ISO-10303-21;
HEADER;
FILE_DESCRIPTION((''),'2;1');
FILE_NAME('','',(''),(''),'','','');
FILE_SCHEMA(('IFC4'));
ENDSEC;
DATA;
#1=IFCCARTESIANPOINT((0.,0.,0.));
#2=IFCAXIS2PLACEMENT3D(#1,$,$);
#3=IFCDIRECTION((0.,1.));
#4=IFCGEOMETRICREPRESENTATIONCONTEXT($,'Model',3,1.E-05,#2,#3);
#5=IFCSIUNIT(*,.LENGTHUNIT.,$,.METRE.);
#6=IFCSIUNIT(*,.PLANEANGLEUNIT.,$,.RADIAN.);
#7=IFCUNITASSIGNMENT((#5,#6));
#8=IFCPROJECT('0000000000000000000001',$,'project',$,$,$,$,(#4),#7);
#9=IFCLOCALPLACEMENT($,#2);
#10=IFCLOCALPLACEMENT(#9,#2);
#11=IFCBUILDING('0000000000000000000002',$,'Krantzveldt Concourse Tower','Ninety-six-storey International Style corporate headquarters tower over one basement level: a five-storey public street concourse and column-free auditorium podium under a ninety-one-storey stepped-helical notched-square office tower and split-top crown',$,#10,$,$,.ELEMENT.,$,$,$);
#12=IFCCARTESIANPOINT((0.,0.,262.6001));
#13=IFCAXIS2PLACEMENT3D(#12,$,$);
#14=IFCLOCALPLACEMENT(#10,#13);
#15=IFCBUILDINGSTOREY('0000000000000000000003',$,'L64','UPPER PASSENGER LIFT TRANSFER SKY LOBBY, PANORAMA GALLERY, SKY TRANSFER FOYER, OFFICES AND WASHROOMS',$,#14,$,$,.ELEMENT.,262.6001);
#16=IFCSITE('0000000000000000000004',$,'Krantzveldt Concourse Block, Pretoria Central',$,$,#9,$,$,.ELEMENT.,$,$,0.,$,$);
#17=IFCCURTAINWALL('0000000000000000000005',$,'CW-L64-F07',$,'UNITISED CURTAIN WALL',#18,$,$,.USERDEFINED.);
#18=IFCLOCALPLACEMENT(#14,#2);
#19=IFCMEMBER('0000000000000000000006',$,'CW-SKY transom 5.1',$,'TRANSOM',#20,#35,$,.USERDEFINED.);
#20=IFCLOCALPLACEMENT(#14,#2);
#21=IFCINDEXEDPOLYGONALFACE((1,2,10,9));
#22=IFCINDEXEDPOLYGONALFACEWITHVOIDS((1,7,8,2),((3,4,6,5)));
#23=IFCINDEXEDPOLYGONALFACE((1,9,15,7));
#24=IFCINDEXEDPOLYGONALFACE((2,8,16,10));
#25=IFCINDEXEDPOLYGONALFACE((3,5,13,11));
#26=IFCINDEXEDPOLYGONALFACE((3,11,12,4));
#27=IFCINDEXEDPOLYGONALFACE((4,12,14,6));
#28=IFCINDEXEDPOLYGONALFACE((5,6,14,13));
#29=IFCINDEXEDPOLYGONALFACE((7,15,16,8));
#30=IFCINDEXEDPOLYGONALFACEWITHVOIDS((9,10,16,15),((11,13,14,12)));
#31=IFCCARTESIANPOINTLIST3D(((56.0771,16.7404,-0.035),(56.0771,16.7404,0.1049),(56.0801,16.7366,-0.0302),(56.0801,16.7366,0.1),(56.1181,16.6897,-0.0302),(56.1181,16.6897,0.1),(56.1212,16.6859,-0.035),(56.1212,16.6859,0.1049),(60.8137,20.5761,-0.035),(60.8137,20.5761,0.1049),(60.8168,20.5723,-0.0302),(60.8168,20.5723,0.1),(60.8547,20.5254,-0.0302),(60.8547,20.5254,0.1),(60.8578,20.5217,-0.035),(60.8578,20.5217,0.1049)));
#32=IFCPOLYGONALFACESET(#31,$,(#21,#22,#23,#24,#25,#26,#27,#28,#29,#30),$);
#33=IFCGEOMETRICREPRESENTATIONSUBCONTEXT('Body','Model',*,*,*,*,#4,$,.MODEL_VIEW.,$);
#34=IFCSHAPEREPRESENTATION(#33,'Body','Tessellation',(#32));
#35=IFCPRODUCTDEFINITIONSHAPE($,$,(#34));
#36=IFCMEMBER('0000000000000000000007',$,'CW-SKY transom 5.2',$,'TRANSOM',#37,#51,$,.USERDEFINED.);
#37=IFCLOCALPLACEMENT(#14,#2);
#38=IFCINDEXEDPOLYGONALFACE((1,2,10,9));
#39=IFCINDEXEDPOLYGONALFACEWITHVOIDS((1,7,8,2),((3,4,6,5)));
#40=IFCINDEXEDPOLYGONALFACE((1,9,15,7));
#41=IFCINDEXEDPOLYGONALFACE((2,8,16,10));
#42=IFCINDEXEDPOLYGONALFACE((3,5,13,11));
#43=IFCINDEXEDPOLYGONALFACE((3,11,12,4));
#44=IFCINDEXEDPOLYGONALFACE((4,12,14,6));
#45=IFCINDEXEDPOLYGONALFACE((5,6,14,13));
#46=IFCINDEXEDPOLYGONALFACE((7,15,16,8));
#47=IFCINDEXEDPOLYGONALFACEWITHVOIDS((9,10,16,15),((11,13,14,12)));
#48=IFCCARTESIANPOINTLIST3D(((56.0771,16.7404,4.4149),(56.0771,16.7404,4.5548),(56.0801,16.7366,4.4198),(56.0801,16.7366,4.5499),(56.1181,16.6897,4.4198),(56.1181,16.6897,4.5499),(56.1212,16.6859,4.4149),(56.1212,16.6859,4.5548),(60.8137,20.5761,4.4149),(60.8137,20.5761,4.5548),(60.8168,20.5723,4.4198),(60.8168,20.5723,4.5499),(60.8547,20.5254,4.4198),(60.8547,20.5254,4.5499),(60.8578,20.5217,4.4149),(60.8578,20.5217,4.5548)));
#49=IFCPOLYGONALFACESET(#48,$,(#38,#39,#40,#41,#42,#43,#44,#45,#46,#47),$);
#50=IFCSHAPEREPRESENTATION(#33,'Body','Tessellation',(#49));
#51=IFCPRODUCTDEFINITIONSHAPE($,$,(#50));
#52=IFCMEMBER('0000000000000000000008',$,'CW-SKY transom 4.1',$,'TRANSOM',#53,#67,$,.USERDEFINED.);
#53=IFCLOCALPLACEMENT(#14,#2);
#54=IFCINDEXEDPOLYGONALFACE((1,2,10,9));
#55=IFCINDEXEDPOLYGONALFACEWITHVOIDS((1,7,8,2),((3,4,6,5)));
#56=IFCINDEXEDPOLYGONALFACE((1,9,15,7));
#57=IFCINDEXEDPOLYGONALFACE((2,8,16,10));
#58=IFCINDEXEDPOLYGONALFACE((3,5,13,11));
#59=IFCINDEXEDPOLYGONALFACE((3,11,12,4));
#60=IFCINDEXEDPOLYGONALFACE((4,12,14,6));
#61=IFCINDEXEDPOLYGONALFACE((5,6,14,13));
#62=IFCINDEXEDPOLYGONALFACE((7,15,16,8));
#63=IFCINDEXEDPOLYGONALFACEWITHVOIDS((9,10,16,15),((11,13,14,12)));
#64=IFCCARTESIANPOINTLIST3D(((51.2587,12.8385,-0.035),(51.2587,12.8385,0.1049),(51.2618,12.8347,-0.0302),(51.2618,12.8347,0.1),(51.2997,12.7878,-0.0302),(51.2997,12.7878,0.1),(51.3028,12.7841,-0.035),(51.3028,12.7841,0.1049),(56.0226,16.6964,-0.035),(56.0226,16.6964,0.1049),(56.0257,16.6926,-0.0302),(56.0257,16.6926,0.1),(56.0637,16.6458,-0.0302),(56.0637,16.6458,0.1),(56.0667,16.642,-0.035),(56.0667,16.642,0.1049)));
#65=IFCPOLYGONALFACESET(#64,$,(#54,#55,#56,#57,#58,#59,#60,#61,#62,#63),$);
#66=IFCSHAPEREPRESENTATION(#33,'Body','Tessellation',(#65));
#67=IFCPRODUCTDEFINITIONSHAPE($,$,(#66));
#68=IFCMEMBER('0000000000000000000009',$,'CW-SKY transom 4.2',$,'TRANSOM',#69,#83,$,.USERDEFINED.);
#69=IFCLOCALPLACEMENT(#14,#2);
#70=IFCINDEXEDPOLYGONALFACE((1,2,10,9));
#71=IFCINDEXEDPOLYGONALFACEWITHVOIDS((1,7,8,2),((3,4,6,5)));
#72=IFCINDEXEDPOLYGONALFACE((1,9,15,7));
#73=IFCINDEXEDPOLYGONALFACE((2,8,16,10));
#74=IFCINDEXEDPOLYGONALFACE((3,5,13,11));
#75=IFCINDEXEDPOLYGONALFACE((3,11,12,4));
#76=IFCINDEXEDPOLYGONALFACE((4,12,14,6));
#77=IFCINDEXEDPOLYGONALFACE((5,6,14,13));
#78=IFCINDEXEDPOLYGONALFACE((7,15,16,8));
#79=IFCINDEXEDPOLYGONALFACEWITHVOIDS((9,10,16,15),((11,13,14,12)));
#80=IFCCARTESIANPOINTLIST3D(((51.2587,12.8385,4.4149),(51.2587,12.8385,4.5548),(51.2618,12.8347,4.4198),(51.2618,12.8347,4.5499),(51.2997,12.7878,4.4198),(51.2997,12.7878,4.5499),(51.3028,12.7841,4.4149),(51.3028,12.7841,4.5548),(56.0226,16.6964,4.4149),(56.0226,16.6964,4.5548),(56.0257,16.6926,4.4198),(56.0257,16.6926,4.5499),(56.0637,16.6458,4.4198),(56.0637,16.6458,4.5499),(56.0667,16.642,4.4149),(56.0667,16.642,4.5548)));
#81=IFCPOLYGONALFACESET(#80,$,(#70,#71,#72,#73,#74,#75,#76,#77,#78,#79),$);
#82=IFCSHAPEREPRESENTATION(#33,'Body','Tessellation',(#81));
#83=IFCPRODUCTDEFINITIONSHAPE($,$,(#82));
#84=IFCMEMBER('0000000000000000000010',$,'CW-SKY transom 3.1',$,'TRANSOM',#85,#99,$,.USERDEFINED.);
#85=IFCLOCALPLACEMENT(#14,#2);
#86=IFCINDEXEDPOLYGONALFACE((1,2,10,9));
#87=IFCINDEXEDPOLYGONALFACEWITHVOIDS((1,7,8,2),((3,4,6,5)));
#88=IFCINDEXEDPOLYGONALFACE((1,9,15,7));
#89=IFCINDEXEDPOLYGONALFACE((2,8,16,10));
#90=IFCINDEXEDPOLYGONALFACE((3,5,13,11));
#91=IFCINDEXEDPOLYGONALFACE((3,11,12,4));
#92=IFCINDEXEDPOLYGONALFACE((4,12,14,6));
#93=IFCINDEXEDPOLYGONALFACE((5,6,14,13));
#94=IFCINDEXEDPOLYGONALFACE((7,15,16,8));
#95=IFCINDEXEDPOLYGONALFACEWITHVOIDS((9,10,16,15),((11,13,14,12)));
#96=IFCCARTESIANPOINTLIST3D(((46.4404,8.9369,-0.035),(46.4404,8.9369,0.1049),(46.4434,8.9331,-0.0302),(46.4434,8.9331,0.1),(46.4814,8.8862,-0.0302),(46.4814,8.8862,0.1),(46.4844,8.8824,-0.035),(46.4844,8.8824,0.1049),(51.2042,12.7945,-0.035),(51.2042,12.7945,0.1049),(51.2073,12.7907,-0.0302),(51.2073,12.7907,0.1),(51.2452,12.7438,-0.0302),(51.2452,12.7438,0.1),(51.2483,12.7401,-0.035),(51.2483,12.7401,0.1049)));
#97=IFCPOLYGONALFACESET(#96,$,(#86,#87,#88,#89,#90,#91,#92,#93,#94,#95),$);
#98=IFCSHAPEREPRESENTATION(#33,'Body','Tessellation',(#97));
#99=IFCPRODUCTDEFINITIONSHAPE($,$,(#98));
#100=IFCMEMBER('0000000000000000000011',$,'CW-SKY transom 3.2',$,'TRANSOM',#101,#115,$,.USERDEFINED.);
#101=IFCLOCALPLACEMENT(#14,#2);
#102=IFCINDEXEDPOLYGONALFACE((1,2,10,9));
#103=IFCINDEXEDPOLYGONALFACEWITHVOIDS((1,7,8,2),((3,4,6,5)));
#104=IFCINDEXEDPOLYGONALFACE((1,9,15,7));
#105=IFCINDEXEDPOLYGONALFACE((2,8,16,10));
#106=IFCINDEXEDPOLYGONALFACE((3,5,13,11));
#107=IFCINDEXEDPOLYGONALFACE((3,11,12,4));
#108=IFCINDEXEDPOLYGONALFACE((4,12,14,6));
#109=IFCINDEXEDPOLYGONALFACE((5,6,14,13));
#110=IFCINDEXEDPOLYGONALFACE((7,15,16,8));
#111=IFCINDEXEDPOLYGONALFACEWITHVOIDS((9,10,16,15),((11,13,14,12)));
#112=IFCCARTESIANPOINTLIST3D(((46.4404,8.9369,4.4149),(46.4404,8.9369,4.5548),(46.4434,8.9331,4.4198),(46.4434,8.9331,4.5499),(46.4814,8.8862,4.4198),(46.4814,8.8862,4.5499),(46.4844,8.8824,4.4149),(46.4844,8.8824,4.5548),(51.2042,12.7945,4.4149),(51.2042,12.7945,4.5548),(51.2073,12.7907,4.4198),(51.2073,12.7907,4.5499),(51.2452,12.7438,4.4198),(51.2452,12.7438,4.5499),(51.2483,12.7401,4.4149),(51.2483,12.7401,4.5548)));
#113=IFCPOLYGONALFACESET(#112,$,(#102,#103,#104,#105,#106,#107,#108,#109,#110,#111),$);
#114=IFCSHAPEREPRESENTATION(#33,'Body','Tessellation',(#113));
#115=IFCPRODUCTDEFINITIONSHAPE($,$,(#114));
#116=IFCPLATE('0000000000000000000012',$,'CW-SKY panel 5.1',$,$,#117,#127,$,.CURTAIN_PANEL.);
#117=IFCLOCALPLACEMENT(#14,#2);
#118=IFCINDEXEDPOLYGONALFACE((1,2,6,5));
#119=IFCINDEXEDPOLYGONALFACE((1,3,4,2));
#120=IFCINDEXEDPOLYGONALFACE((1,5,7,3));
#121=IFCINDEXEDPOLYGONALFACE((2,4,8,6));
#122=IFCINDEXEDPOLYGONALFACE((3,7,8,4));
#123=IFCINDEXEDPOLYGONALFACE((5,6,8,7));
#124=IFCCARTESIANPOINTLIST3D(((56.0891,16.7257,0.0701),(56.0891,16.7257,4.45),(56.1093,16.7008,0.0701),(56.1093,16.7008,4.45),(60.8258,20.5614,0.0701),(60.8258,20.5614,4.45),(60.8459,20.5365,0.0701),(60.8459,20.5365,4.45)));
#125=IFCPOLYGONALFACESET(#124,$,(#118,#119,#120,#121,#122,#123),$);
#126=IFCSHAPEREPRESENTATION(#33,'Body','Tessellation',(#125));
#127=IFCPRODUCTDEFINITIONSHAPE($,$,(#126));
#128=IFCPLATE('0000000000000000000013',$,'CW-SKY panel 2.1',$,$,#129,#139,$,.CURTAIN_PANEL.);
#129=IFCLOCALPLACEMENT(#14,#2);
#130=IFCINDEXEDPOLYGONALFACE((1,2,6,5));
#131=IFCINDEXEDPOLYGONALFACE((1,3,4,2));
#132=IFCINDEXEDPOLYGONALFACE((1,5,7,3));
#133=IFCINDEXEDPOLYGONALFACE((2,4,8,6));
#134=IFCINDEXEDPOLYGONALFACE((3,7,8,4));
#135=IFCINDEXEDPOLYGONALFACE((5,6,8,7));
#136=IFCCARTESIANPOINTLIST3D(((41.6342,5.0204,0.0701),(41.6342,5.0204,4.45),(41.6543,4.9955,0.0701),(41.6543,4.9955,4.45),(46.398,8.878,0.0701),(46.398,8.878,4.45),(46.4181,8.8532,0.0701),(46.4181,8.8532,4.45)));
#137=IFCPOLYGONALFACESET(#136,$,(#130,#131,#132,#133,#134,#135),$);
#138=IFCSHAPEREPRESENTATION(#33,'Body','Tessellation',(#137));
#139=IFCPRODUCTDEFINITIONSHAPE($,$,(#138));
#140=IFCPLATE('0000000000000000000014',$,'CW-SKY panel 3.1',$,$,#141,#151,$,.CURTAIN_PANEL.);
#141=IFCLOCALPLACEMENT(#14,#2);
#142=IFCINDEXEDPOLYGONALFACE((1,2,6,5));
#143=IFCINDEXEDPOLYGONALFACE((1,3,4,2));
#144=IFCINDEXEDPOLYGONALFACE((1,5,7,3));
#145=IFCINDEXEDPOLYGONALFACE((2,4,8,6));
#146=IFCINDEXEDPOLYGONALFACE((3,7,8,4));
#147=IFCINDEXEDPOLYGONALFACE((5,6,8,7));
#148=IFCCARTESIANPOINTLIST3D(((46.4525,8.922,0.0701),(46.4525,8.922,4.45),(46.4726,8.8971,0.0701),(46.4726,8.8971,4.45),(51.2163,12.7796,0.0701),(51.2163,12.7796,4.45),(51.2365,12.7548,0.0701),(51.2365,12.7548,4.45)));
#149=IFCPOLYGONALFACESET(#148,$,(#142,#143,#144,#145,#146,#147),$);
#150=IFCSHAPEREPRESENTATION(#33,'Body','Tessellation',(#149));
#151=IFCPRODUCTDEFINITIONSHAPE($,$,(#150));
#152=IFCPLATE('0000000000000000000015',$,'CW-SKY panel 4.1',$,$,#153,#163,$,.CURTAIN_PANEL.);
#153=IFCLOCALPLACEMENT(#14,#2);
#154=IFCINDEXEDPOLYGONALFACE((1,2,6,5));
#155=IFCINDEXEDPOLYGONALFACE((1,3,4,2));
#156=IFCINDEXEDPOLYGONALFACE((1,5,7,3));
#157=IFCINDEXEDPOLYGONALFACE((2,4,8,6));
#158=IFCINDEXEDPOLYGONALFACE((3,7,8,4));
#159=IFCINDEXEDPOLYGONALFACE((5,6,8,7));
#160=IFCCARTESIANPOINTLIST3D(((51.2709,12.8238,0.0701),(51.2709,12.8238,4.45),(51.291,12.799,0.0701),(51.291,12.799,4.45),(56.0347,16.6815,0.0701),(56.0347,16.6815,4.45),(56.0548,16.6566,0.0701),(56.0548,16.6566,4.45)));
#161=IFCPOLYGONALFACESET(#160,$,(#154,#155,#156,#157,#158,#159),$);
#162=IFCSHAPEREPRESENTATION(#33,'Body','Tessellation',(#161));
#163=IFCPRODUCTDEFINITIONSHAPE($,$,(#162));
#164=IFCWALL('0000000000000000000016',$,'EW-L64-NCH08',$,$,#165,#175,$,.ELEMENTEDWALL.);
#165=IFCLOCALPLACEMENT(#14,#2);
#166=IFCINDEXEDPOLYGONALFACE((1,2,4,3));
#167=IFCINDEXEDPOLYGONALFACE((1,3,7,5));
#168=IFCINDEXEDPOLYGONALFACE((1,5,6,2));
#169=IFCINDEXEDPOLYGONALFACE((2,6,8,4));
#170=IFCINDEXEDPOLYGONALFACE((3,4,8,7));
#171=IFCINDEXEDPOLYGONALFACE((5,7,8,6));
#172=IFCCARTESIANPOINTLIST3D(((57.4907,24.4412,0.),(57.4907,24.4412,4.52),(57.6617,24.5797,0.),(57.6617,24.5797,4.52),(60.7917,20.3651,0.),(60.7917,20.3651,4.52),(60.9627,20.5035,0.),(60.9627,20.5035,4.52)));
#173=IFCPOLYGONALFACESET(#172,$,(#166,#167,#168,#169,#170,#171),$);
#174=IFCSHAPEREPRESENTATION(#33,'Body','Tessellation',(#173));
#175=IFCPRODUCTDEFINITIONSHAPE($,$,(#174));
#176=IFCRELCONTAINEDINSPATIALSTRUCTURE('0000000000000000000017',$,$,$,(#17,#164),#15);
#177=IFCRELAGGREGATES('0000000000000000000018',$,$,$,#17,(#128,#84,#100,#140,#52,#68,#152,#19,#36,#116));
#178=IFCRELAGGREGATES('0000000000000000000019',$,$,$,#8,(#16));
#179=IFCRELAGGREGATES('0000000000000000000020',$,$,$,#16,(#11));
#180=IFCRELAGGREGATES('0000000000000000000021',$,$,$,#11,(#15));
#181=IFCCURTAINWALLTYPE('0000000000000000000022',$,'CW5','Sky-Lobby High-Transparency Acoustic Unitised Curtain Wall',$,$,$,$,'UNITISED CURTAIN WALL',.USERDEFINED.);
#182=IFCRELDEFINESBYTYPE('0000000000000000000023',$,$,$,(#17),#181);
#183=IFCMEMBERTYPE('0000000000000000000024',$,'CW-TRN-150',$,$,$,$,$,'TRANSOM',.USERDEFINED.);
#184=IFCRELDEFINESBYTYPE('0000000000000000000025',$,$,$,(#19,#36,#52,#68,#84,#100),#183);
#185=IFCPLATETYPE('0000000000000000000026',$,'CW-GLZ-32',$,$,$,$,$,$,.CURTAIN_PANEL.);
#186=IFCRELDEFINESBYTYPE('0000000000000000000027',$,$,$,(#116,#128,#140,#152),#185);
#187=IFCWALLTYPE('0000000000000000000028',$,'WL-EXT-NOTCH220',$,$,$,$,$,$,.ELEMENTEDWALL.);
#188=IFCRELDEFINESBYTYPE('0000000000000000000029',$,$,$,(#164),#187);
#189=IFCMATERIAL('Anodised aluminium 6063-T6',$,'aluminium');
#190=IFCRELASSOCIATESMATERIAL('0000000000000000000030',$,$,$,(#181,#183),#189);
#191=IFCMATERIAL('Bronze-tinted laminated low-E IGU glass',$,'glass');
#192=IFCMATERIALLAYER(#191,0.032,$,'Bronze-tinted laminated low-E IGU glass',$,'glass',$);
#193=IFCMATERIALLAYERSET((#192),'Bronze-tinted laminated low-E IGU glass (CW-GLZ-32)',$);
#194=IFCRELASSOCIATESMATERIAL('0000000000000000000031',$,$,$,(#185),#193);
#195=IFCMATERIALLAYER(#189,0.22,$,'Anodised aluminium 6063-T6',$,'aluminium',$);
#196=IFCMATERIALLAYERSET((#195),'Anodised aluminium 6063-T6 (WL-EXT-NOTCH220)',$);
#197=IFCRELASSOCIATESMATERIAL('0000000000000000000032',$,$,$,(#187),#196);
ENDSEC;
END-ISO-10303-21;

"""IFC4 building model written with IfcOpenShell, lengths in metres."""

from ifc_helpers import new_model, si_unit, direction, frame, frame_2d, origin, origin_2d, place, context, subcontext, project, spatial, rectangle, hollow_rectangle, extrude, source, transform, mapped, material, layer, layer_set, material_profile, profile_set, type_object, type_shapes, element, aggregate, save


model = new_model("IFC4")

# Units and contexts
model_context = context("Model", 3, precision=1e-05, world=origin(), true_north=direction((0.0, 1.0)))
body_context = subcontext(model_context, "Body", "Model", "MODEL_VIEW")
ifc_project = project(units=[si_unit("LENGTHUNIT", "METRE"), si_unit("PLANEANGLEUNIT", "RADIAN")], contexts=[model_context])

# Site, building, storey
site_placement = place(None, origin())
site = spatial("IfcSite", under=ifc_project, at=site_placement, Name="Krantzveldt Concourse Block, Pretoria Central", CompositionType="ELEMENT", RefElevation=0.0)
building_placement = place(site_placement, origin())
building = spatial("IfcBuilding", under=site, at=building_placement, Name="Krantzveldt Concourse Tower", Description="Ninety-six-storey International Style corporate headquarters tower over one basement level: a five-storey public street concourse and column-free auditorium podium under a ninety-one-storey stepped-helical notched-square office tower and split-top crown", CompositionType="ELEMENT")
storey_placement = place(building_placement, frame((0.0, 0.0, 262.6001)))
storey = spatial("IfcBuildingStorey", under=building, at=storey_placement, Name="L64", Description="UPPER PASSENGER LIFT TRANSFER SKY LOBBY, PANORAMA GALLERY, SKY TRANSFER FOYER, OFFICES AND WASHROOMS", CompositionType="ELEMENT", Elevation=262.6001)

# Curtain wall, members, plates
ifc_material_1 = material(Name="Anodised aluminium 6063-T6", Category="aluminium")
curtain_wall_type = type_object("IfcCurtainWallType", Name="CW5", Description="Sky-Lobby High-Transparency Acoustic Unitised Curtain Wall", ElementType="UNITISED CURTAIN WALL", PredefinedType="USERDEFINED", material=ifc_material_1)
curtain_wall_placement = place(storey_placement, origin())
curtain_wall = element("IfcCurtainWall", 1, at=curtain_wall_placement, inside=storey, type_object=curtain_wall_type, Name="CW-L64-F07", ObjectType="UNITISED CURTAIN WALL", PredefinedType="USERDEFINED")
ifc_material_profile_1 = material_profile(ifc_material_1, hollow_rectangle(XDim=0.0701, YDim=0.1399, WallThickness=0.0049, at=origin_2d()), Name="Anodised aluminium 6063-T6", Category="aluminium")
ifc_profile_set_1 = profile_set([ifc_material_profile_1], Name="Anodised aluminium 6063-T6 - ALU-TRAN 140x70x5")
member_type_1 = type_object("IfcMemberType", Name="CW-TRN-150", ElementType="TRANSOM", PredefinedType="USERDEFINED", material=ifc_profile_set_1)
shared_shape_1 = source(origin(), body_context, "Body", "SweptSolid", [
    extrude(hollow_rectangle(XDim=0.0701, YDim=0.1399, WallThickness=0.0049, at=origin_2d()), origin(), (0.0, 0.0, 1.0), 6.095),
])
member_1_placement = place(storey_placement, frame((56.0991, 16.7131, 0.0349), z_axis=(0.777139, 0.62933, 0.0), x_axis=(-0.62933, 0.777139, 0.0)))
member_1 = element("IfcMember", 2, at=member_1_placement, type_object=member_type_1, Name="CW-SKY transom 5.1", ObjectType="TRANSOM", PredefinedType="USERDEFINED", context=body_context, shape_type="MappedRepresentation", body=[
    mapped(shared_shape_1, transform((0.0, 0.0, 0.0), x_axis=(1.0, 0.0, 0.0), y_axis=(0.0, 1.0, 0.0), z_axis=(0.0, 0.0, 1.0), scale=1.0)),
])
member_2_placement = place(storey_placement, frame((56.0991, 16.7131, 4.4849), z_axis=(0.777139, 0.62933, 0.0), x_axis=(-0.62933, 0.777139, 0.0)))
member_2 = element("IfcMember", 3, at=member_2_placement, type_object=member_type_1, Name="CW-SKY transom 5.2", ObjectType="TRANSOM", PredefinedType="USERDEFINED", context=body_context, shape_type="MappedRepresentation", body=[
    mapped(shared_shape_1, transform((0.0, 0.0, 0.0), x_axis=(1.0, 0.0, 0.0), y_axis=(0.0, 1.0, 0.0), z_axis=(0.0, 0.0, 1.0), scale=1.0)),
])
shared_shape_2 = source(origin(), body_context, "Body", "SweptSolid", [
    extrude(hollow_rectangle(XDim=0.0701, YDim=0.1399, WallThickness=0.0049, at=origin_2d()), origin(), (0.0, 0.0, 1.0), 6.1301),
])
member_3_placement = place(storey_placement, frame((51.2808, 12.8113, 0.0349), z_axis=(0.777133, 0.629337, 0.0), x_axis=(-0.629337, 0.777133, 0.0)))
member_3 = element("IfcMember", 4, at=member_3_placement, type_object=member_type_1, Name="CW-SKY transom 4.1", ObjectType="TRANSOM", PredefinedType="USERDEFINED", context=body_context, shape_type="MappedRepresentation", body=[
    mapped(shared_shape_2, transform((0.0, 0.0, 0.0), x_axis=(1.0, 0.0, 0.0), y_axis=(0.0, 1.0, 0.0), z_axis=(0.0, 0.0, 1.0), scale=1.0)),
])
member_4_placement = place(storey_placement, frame((51.2808, 12.8113, 4.4849), z_axis=(0.777133, 0.629337, 0.0), x_axis=(-0.629337, 0.777133, 0.0)))
member_4 = element("IfcMember", 5, at=member_4_placement, type_object=member_type_1, Name="CW-SKY transom 4.2", ObjectType="TRANSOM", PredefinedType="USERDEFINED", context=body_context, shape_type="MappedRepresentation", body=[
    mapped(shared_shape_2, transform((0.0, 0.0, 0.0), x_axis=(1.0, 0.0, 0.0), y_axis=(0.0, 1.0, 0.0), z_axis=(0.0, 0.0, 1.0), scale=1.0)),
])
shared_shape_3 = source(origin(), body_context, "Body", "SweptSolid", [
    extrude(hollow_rectangle(XDim=0.0701, YDim=0.1399, WallThickness=0.0049, at=origin_2d()), origin(), (0.0, 0.0, 1.0), 6.1299),
])
type_shapes(member_type_1, [shared_shape_1, shared_shape_2, shared_shape_3])
member_5_placement = place(storey_placement, frame((46.4624, 8.9097, 0.0349), z_axis=(0.777152, 0.629313, 0.0), x_axis=(-0.629313, 0.777152, 0.0)))
member_5 = element("IfcMember", 6, at=member_5_placement, type_object=member_type_1, Name="CW-SKY transom 3.1", ObjectType="TRANSOM", PredefinedType="USERDEFINED", context=body_context, shape_type="MappedRepresentation", body=[
    mapped(shared_shape_3, transform((0.0, 0.0, 0.0), x_axis=(1.0, 0.0, 0.0), y_axis=(0.0, 1.0, 0.0), z_axis=(0.0, 0.0, 1.0), scale=1.0)),
])
member_6_placement = place(storey_placement, frame((46.4624, 8.9097, 4.4849), z_axis=(0.777152, 0.629313, 0.0), x_axis=(-0.629313, 0.777152, 0.0)))
member_6 = element("IfcMember", 7, at=member_6_placement, type_object=member_type_1, Name="CW-SKY transom 3.2", ObjectType="TRANSOM", PredefinedType="USERDEFINED", context=body_context, shape_type="MappedRepresentation", body=[
    mapped(shared_shape_3, transform((0.0, 0.0, 0.0), x_axis=(1.0, 0.0, 0.0), y_axis=(0.0, 1.0, 0.0), z_axis=(0.0, 0.0, 1.0), scale=1.0)),
])
ifc_material_2 = material(Name="Bronze-tinted laminated low-E IGU glass", Category="glass")
ifc_layer_1 = layer(ifc_material_2, 0.032, Name="Bronze-tinted laminated low-E IGU glass", Category="glass")
ifc_layer_set_1 = layer_set([ifc_layer_1], Name="Bronze-tinted laminated low-E IGU glass (CW-GLZ-32)")
plate_type = type_object("IfcPlateType", Name="CW-GLZ-32", PredefinedType="CURTAIN_PANEL", material=ifc_layer_set_1)
shared_shape_4 = source(origin(), body_context, "Body", "SweptSolid", [
    extrude(rectangle(XDim=6.095, YDim=0.032, at=origin_2d()), origin(), (0.0, 0.0, 1.0), 4.3799),
])
plate_1_placement = place(storey_placement, frame((58.4675, 18.6311, 0.0701), z_axis=(0.0, 0.0, 1.0), x_axis=(0.777146, 0.62932, 0.0)))
plate_1 = element("IfcPlate", 8, at=plate_1_placement, type_object=plate_type, Name="CW-SKY panel 5.1", PredefinedType="CURTAIN_PANEL", context=body_context, shape_type="MappedRepresentation", body=[
    mapped(shared_shape_4, transform((0.0, 0.0, 0.0), x_axis=(1.0, 0.0, 0.0), y_axis=(0.0, 1.0, 0.0), z_axis=(0.0, 0.0, 1.0), scale=1.0)),
])
shared_shape_5 = source(origin(), body_context, "Body", "SweptSolid", [
    extrude(rectangle(XDim=6.1299, YDim=0.032, at=origin_2d()), origin(), (0.0, 0.0, 1.0), 4.3799),
])
type_shapes(plate_type, [shared_shape_4, shared_shape_5])
plate_2_placement = place(storey_placement, frame((44.0261, 6.9368, 0.0701), z_axis=(0.0, 0.0, 1.0), x_axis=(0.777146, 0.62932, 0.0)))
plate_2 = element("IfcPlate", 9, at=plate_2_placement, type_object=plate_type, Name="CW-SKY panel 2.1", PredefinedType="CURTAIN_PANEL", context=body_context, shape_type="MappedRepresentation", body=[
    mapped(shared_shape_5, transform((0.0, 0.0, 0.0), x_axis=(1.0, 0.0, 0.0), y_axis=(0.0, 1.0, 0.0), z_axis=(0.0, 0.0, 1.0), scale=1.0)),
])
plate_3_placement = place(storey_placement, frame((48.8445, 10.8384, 0.0701), z_axis=(0.0, 0.0, 1.0), x_axis=(0.777146, 0.62932, 0.0)))
plate_3 = element("IfcPlate", 10, at=plate_3_placement, type_object=plate_type, Name="CW-SKY panel 3.1", PredefinedType="CURTAIN_PANEL", context=body_context, shape_type="MappedRepresentation", body=[
    mapped(shared_shape_5, transform((0.0, 0.0, 0.0), x_axis=(1.0, 0.0, 0.0), y_axis=(0.0, 1.0, 0.0), z_axis=(0.0, 0.0, 1.0), scale=1.0)),
])
plate_4_placement = place(storey_placement, frame((53.6628, 14.7402, 0.0701), z_axis=(0.0, 0.0, 1.0), x_axis=(0.777146, 0.62932, 0.0)))
plate_4 = element("IfcPlate", 11, at=plate_4_placement, type_object=plate_type, Name="CW-SKY panel 4.1", PredefinedType="CURTAIN_PANEL", context=body_context, shape_type="MappedRepresentation", body=[
    mapped(shared_shape_5, transform((0.0, 0.0, 0.0), x_axis=(1.0, 0.0, 0.0), y_axis=(0.0, 1.0, 0.0), z_axis=(0.0, 0.0, 1.0), scale=1.0)),
])
aggregate(curtain_wall, [plate_2, member_5, member_6, plate_3, member_3, member_4, plate_4, member_1, member_2, plate_1])

# Wall
ifc_layer_2 = layer(ifc_material_1, 0.22, Name="Anodised aluminium 6063-T6", Category="aluminium")
ifc_layer_set_2 = layer_set([ifc_layer_2], Name="Anodised aluminium 6063-T6 (WL-EXT-NOTCH220)")
wall_type_1 = type_object("IfcWallType", Name="WL-EXT-NOTCH220", PredefinedType="ELEMENTEDWALL", material=ifc_layer_set_2)
wall_1_placement = place(storey_placement, frame((60.8772, 20.4343, 0.0), z_axis=(0.0, 0.0, 1.0), x_axis=(-0.629344, 0.777127, 0.0)))
element("IfcWall", 12, at=wall_1_placement, inside=storey, type_object=wall_type_1, Name="EW-L64-NCH08", PredefinedType="ELEMENTEDWALL", context=body_context, shape_type="SweptSolid", body=[
    extrude(rectangle(XDim=5.2451, YDim=0.22, at=frame_2d((2.6226, 0.0))), origin(), (0.0, 0.0, 1.0), 4.52),
])

save(model, "model.ifc")
